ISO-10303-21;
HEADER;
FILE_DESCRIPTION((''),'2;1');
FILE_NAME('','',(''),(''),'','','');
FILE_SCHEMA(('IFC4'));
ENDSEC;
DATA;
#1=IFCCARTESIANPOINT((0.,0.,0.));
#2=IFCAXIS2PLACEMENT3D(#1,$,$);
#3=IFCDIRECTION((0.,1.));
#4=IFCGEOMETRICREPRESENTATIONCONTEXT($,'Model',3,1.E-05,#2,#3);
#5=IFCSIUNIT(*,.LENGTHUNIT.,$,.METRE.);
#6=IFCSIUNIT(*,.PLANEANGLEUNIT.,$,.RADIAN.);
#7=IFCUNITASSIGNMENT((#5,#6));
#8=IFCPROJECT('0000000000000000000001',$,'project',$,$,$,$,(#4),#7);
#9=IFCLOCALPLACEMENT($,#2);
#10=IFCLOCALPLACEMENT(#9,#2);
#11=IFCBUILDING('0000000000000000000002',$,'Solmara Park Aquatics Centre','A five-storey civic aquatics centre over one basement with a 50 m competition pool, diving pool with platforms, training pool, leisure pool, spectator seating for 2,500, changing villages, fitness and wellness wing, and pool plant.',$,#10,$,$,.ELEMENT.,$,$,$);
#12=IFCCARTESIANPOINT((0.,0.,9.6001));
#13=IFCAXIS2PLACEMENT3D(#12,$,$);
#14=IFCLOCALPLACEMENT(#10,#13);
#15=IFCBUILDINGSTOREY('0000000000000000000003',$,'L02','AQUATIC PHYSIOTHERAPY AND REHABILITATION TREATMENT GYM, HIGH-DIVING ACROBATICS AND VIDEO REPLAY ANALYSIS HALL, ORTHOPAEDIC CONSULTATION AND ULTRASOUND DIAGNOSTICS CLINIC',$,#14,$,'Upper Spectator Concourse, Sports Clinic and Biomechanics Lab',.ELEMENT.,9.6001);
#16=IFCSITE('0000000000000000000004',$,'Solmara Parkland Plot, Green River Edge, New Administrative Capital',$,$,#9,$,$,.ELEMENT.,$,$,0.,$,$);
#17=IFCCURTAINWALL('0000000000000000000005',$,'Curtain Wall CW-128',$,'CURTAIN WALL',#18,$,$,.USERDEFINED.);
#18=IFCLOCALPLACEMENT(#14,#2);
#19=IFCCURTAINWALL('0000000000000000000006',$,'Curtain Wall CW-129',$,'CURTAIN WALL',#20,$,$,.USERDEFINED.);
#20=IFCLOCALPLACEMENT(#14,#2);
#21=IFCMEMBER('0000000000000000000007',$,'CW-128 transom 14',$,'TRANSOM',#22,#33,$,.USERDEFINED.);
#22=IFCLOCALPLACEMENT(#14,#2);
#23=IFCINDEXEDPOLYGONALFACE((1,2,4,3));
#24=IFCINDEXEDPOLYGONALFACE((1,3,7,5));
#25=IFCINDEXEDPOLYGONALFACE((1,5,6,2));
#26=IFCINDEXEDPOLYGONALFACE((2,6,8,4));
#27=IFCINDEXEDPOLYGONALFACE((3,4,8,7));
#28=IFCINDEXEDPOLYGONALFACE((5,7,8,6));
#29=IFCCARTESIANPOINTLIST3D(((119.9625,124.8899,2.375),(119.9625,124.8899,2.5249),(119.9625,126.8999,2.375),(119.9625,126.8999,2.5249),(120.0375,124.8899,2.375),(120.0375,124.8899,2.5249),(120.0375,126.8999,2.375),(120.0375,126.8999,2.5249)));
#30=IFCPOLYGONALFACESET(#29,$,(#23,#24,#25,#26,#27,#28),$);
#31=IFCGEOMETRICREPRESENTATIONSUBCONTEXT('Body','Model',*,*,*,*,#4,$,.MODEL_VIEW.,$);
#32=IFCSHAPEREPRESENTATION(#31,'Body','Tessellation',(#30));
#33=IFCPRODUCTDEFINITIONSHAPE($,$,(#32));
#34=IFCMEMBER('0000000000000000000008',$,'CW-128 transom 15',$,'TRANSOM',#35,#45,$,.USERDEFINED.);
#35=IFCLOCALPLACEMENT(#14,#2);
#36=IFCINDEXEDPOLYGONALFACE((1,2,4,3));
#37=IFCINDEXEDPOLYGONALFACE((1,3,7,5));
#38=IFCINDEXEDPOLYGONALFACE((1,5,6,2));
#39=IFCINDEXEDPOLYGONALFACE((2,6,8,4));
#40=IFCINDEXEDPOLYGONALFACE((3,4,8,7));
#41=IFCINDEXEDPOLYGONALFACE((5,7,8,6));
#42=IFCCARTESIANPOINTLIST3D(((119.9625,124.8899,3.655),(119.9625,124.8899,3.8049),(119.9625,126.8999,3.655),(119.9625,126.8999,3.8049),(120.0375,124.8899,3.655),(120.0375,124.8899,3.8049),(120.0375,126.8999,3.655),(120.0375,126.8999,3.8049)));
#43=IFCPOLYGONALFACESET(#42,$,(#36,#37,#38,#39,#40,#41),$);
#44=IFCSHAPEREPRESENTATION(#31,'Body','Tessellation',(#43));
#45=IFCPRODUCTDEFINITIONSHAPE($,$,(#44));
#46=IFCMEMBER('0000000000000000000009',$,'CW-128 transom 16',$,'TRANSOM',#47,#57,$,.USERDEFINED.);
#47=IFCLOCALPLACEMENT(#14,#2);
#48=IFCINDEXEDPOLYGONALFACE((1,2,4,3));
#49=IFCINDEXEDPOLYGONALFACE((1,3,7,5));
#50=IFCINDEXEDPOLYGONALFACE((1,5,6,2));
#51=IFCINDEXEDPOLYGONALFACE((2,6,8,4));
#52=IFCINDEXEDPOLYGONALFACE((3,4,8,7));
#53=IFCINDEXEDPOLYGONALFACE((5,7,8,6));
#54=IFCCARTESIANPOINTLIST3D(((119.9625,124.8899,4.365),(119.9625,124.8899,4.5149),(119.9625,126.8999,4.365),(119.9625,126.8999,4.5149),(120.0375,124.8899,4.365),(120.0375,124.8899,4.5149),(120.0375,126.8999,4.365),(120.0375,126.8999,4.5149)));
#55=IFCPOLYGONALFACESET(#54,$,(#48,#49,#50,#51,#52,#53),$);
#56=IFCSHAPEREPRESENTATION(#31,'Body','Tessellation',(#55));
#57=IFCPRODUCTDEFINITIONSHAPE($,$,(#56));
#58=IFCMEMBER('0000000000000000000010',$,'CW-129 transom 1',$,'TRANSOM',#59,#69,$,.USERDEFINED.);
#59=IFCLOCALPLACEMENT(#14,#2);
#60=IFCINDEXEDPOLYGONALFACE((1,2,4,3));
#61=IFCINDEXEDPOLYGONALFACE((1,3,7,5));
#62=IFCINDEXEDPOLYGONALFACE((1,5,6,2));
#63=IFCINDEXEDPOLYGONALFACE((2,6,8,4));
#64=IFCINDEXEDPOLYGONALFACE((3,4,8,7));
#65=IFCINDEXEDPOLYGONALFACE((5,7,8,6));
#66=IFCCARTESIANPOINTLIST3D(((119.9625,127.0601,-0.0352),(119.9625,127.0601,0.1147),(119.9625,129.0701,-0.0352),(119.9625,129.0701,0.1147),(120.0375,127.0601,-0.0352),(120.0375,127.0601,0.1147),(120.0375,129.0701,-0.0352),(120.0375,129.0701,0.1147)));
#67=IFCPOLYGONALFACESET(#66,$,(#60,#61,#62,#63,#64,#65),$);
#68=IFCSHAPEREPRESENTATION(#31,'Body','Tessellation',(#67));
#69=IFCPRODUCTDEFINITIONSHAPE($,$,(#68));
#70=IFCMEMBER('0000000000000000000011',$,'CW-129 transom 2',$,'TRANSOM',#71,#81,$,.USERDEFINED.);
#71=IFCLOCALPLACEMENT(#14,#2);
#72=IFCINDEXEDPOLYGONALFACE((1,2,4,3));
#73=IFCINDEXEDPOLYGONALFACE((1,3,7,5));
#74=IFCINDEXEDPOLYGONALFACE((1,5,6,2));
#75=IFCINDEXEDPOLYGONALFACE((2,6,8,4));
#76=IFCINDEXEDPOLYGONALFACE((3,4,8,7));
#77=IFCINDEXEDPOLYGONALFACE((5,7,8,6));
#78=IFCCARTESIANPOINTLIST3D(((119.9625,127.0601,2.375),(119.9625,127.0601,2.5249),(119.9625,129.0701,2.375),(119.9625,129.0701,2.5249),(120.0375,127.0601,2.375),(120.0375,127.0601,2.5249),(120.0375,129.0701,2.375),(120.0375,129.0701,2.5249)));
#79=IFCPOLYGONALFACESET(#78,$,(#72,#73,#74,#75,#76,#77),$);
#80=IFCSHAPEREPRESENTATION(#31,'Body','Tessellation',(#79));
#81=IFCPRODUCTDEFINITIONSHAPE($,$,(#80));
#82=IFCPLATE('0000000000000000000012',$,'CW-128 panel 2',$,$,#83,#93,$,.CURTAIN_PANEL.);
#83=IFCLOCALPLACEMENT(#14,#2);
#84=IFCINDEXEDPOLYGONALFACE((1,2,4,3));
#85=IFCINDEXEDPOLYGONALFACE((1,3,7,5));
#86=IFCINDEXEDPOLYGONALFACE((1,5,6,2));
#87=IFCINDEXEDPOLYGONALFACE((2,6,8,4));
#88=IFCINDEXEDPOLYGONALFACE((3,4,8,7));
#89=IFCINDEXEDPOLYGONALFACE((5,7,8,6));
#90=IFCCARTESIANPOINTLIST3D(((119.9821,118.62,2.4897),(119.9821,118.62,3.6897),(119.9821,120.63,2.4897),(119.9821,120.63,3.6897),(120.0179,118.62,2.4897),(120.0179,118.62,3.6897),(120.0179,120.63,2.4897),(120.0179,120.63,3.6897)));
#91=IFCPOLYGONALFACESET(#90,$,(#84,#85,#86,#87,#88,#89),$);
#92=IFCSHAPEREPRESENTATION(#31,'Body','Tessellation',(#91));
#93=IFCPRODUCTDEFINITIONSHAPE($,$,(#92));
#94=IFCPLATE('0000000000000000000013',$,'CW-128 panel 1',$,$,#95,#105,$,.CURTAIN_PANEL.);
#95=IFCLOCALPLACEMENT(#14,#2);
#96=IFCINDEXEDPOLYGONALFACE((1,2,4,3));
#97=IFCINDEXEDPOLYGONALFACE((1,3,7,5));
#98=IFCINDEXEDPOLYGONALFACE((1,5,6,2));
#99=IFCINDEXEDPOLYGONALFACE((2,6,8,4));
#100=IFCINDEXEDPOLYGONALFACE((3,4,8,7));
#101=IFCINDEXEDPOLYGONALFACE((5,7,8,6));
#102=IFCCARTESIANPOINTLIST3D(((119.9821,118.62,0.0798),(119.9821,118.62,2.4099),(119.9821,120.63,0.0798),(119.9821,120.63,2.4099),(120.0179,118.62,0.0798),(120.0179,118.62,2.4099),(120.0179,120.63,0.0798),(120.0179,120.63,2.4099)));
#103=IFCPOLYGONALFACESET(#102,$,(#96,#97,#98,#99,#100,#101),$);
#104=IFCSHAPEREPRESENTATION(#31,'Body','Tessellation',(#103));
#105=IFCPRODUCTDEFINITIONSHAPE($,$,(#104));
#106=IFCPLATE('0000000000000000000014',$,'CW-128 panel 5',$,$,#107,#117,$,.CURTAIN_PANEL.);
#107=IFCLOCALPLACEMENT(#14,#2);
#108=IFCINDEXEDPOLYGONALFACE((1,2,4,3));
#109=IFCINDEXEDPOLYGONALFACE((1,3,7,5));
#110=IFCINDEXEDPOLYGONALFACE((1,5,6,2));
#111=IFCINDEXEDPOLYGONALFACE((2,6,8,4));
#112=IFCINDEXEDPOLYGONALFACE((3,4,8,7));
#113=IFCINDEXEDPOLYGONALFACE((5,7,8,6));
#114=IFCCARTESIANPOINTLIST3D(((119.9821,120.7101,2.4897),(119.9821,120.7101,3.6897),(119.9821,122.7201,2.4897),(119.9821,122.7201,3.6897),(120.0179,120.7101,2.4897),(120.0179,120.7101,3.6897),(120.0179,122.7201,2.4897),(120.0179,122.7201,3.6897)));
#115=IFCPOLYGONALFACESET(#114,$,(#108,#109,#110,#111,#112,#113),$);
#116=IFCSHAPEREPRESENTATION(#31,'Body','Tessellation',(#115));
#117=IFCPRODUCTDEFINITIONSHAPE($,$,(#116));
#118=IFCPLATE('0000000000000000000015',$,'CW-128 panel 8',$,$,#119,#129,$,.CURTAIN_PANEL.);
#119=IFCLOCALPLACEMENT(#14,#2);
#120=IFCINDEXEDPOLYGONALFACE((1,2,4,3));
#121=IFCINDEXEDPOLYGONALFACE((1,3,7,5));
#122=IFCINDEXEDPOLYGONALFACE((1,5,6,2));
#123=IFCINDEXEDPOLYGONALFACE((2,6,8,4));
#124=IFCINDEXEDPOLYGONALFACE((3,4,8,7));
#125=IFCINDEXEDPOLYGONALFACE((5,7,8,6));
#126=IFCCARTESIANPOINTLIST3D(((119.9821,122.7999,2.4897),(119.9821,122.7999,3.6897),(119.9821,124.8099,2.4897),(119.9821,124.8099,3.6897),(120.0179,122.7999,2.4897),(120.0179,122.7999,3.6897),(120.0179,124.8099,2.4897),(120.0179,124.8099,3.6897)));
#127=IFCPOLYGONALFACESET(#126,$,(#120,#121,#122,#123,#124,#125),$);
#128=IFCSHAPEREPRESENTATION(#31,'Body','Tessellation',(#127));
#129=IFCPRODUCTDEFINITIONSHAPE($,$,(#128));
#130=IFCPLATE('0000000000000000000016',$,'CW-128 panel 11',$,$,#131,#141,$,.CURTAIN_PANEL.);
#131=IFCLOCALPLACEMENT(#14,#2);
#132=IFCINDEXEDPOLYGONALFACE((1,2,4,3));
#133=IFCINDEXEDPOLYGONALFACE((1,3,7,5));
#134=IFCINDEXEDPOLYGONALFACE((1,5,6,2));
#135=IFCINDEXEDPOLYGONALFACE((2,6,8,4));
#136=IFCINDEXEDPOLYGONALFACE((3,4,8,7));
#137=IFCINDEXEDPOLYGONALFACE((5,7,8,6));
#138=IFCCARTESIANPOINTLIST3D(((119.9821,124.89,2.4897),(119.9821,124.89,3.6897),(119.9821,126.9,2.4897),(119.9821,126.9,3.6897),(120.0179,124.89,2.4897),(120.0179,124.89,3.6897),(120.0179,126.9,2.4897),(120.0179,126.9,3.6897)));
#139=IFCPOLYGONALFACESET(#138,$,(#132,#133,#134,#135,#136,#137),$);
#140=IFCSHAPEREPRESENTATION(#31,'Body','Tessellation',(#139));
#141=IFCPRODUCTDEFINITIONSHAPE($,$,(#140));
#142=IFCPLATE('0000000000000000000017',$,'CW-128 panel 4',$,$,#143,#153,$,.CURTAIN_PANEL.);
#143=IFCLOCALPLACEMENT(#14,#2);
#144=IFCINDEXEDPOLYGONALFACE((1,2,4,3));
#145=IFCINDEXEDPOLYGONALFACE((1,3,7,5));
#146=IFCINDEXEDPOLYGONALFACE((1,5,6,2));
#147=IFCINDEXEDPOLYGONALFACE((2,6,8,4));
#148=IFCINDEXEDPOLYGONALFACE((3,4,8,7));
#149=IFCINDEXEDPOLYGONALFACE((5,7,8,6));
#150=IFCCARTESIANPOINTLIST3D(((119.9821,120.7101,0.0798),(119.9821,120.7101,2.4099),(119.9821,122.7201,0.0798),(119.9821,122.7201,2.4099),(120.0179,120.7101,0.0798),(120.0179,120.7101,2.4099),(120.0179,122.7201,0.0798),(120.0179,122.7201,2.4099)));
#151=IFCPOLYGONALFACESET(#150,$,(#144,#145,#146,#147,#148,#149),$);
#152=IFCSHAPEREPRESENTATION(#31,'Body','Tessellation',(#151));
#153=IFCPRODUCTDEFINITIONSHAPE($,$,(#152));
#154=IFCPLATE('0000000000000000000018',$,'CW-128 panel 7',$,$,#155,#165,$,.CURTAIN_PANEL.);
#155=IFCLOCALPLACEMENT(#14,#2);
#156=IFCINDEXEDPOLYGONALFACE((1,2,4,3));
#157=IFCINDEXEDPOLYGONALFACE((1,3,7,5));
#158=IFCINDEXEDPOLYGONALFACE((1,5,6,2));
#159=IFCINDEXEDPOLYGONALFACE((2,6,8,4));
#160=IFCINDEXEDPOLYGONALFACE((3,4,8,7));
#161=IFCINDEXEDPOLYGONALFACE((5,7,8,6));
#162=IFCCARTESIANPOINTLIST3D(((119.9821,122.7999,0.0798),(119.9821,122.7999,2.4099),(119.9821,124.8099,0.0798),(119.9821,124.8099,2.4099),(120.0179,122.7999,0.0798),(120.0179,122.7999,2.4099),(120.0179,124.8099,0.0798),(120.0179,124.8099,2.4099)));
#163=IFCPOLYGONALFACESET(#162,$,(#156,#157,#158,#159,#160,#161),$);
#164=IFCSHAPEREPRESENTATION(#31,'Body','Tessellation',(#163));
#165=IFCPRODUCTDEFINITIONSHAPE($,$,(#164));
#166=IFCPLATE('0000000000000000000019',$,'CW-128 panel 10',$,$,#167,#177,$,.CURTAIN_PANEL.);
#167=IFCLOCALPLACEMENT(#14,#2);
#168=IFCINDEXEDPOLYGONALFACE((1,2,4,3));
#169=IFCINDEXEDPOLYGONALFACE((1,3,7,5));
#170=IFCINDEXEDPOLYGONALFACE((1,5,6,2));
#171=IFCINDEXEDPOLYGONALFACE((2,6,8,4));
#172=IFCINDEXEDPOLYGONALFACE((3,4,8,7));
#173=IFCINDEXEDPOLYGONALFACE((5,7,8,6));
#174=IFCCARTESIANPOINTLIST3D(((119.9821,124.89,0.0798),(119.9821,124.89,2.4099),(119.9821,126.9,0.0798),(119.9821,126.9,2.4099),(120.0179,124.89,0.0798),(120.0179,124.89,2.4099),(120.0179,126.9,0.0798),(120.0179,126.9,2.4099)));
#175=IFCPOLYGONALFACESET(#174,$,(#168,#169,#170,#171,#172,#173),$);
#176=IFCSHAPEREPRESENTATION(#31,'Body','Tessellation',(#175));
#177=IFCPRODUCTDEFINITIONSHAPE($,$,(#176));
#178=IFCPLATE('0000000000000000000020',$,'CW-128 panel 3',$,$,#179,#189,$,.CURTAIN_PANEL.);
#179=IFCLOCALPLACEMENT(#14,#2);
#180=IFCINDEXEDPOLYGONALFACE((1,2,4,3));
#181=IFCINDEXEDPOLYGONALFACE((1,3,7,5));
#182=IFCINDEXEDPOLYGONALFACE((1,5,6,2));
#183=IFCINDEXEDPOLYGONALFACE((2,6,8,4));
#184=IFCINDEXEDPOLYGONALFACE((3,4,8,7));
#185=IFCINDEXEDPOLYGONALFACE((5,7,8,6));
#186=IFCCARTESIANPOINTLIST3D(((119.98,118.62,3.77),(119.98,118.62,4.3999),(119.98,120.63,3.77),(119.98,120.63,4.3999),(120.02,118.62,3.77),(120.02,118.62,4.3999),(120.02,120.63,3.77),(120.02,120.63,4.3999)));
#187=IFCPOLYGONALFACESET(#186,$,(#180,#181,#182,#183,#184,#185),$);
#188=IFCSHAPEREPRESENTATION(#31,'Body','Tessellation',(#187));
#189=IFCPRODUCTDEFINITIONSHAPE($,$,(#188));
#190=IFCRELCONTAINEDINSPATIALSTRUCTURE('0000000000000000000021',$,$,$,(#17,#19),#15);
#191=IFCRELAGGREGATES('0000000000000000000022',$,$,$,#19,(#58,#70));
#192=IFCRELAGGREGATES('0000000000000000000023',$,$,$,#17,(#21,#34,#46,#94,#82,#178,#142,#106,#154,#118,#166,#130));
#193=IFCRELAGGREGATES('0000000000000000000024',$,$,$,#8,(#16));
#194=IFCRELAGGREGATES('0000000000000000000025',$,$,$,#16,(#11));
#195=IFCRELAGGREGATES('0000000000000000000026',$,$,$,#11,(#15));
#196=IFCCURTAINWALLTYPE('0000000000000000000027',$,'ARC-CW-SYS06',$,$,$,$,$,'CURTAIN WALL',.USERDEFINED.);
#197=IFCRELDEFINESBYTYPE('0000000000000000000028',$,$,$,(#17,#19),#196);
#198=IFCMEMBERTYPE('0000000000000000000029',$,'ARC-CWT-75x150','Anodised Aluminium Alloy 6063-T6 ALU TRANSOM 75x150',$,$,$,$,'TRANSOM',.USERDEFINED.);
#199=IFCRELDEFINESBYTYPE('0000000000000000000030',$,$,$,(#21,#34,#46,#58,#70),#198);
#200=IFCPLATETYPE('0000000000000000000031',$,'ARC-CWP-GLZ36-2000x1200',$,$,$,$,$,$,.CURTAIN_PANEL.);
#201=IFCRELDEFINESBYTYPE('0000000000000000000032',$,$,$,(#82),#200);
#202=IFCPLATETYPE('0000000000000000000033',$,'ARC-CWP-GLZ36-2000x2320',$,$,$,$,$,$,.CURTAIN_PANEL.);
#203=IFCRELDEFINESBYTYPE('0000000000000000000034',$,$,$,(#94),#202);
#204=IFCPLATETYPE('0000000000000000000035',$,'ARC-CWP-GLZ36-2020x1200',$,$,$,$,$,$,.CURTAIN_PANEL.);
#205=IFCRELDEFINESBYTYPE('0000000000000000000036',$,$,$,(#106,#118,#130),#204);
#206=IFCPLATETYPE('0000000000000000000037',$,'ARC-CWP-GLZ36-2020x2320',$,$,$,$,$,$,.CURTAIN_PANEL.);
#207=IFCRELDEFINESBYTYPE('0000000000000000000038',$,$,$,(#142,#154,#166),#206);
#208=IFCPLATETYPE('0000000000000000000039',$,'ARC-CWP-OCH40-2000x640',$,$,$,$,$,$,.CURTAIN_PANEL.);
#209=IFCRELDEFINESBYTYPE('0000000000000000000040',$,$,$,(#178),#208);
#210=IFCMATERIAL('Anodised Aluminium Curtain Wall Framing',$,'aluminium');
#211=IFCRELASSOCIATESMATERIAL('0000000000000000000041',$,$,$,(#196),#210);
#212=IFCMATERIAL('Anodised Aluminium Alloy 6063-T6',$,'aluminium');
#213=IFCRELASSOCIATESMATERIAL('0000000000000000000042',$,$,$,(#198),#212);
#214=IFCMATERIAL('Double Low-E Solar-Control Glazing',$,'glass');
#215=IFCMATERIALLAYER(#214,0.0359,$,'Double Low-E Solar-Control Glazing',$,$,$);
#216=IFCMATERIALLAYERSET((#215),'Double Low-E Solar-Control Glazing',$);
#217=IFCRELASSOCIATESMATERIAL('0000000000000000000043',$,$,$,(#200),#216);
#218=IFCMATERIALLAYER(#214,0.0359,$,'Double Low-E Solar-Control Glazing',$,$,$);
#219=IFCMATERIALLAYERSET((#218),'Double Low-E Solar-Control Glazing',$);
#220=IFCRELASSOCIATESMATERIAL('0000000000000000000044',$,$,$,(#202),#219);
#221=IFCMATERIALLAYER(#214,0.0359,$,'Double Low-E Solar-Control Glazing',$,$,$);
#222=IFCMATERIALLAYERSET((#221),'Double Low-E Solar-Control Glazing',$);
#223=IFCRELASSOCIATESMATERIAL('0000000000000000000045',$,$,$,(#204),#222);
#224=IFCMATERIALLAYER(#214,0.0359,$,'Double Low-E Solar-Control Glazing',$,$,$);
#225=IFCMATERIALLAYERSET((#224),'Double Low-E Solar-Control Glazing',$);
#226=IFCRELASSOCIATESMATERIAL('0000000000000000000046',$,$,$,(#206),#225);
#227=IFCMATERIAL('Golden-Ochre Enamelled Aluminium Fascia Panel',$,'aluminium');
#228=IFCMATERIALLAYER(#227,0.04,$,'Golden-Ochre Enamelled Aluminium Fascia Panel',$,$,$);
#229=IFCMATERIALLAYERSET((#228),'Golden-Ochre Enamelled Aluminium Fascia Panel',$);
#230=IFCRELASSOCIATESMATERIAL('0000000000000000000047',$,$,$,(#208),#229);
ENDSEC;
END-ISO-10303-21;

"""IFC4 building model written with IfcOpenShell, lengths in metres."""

from ifc_helpers import new_model, si_unit, direction, frame, origin, origin_2d, place, context, subcontext, project, spatial, rectangle, extrude, material, layer, layer_set, material_profile, profile_set, type_object, element, aggregate, save


model = new_model("IFC4")

# Units and contexts
model_context = context("Model", 3, precision=1e-05, world=origin(), true_north=direction((0.0, 1.0)))
body_context = subcontext(model_context, "Body", "Model", "MODEL_VIEW")
ifc_project = project(units=[si_unit("LENGTHUNIT", "METRE"), si_unit("PLANEANGLEUNIT", "RADIAN")], contexts=[model_context])

# Site, building, storey
site_placement = place(None, origin())
site = spatial("IfcSite", under=ifc_project, at=site_placement, Name="Solmara Parkland Plot, Green River Edge, New Administrative Capital", CompositionType="ELEMENT", RefElevation=0.0)
building_placement = place(site_placement, origin())
building = spatial("IfcBuilding", under=site, at=building_placement, Name="Solmara Park Aquatics Centre", Description="A five-storey civic aquatics centre over one basement with a 50 m competition pool, diving pool with platforms, training pool, leisure pool, spectator seating for 2,500, changing villages, fitness and wellness wing, and pool plant.", CompositionType="ELEMENT")
storey_placement = place(building_placement, frame((0.0, 0.0, 9.6001)))
storey = spatial("IfcBuildingStorey", under=building, at=storey_placement, Name="L02", Description="AQUATIC PHYSIOTHERAPY AND REHABILITATION TREATMENT GYM, HIGH-DIVING ACROBATICS AND VIDEO REPLAY ANALYSIS HALL, ORTHOPAEDIC CONSULTATION AND ULTRASOUND DIAGNOSTICS CLINIC", LongName="Upper Spectator Concourse, Sports Clinic and Biomechanics Lab", CompositionType="ELEMENT", Elevation=9.6001)

# Curtain wall
ifc_material_1 = material(Name="Anodised Aluminium Curtain Wall Framing", Category="aluminium")
curtain_wall_type = type_object("IfcCurtainWallType", Name="ARC-CW-SYS06", ElementType="CURTAIN WALL", PredefinedType="USERDEFINED", material=ifc_material_1)
curtain_wall_1_placement = place(storey_placement, origin())
curtain_wall_1 = element("IfcCurtainWall", 1, at=curtain_wall_1_placement, inside=storey, type_object=curtain_wall_type, Name="Curtain Wall CW-128", ObjectType="CURTAIN WALL", PredefinedType="USERDEFINED")
ifc_material_2 = material(Name="Anodised Aluminium Alloy 6063-T6", Category="aluminium")

# Curtain wall
curtain_wall_2_placement = place(storey_placement, origin())
curtain_wall_2 = element("IfcCurtainWall", 2, at=curtain_wall_2_placement, inside=storey, type_object=curtain_wall_type, Name="Curtain Wall CW-129", ObjectType="CURTAIN WALL", PredefinedType="USERDEFINED")

# Members
ifc_material_profile_1 = material_profile(ifc_material_2, rectangle(XDim=0.075, YDim=0.1499, at=origin_2d()), Name="ALU TRANSOM 75x150")
ifc_profile_set_1 = profile_set([ifc_material_profile_1], Name="Anodised Aluminium Alloy 6063-T6")
member_type_1 = type_object("IfcMemberType", Name="ARC-CWT-75x150", Description="Anodised Aluminium Alloy 6063-T6 ALU TRANSOM 75x150", ElementType="TRANSOM", PredefinedType="USERDEFINED", material=ifc_profile_set_1)
member_1_placement = place(storey_placement, frame((120.0, 124.8899, 2.45), z_axis=(0.0, 1.0, 0.0), x_axis=(-1.0, 0.0, 0.0)))
member_1 = element("IfcMember", 3, at=member_1_placement, type_object=member_type_1, Name="CW-128 transom 14", ObjectType="TRANSOM", PredefinedType="USERDEFINED", context=body_context, shape_type="SweptSolid", body=[
    extrude(rectangle(XDim=0.075, YDim=0.1499, at=origin_2d()), origin(), (0.0, 0.0, 1.0), 2.01),
])
member_2_placement = place(storey_placement, frame((120.0, 124.8899, 3.73), z_axis=(0.0, 1.0, 0.0), x_axis=(-1.0, 0.0, 0.0)))
member_2 = element("IfcMember", 4, at=member_2_placement, type_object=member_type_1, Name="CW-128 transom 15", ObjectType="TRANSOM", PredefinedType="USERDEFINED", context=body_context, shape_type="SweptSolid", body=[
    extrude(rectangle(XDim=0.075, YDim=0.1499, at=origin_2d()), origin(), (0.0, 0.0, 1.0), 2.01),
])
member_3_placement = place(storey_placement, frame((120.0, 124.8899, 4.4399), z_axis=(0.0, 1.0, 0.0), x_axis=(-1.0, 0.0, 0.0)))
member_3 = element("IfcMember", 5, at=member_3_placement, type_object=member_type_1, Name="CW-128 transom 16", ObjectType="TRANSOM", PredefinedType="USERDEFINED", context=body_context, shape_type="SweptSolid", body=[
    extrude(rectangle(XDim=0.075, YDim=0.1499, at=origin_2d()), origin(), (0.0, 0.0, 1.0), 2.01),
])
member_4_placement = place(storey_placement, frame((120.0, 127.0601, 0.0398), z_axis=(0.0, 1.0, 0.0), x_axis=(-1.0, 0.0, 0.0)))
member_4 = element("IfcMember", 6, at=member_4_placement, type_object=member_type_1, Name="CW-129 transom 1", ObjectType="TRANSOM", PredefinedType="USERDEFINED", context=body_context, shape_type="SweptSolid", body=[
    extrude(rectangle(XDim=0.075, YDim=0.1499, at=origin_2d()), origin(), (0.0, 0.0, 1.0), 2.01),
])
member_5_placement = place(storey_placement, frame((120.0, 127.0601, 2.45), z_axis=(0.0, 1.0, 0.0), x_axis=(-1.0, 0.0, 0.0)))
member_5 = element("IfcMember", 7, at=member_5_placement, type_object=member_type_1, Name="CW-129 transom 2", ObjectType="TRANSOM", PredefinedType="USERDEFINED", context=body_context, shape_type="SweptSolid", body=[
    extrude(rectangle(XDim=0.075, YDim=0.1499, at=origin_2d()), origin(), (0.0, 0.0, 1.0), 2.01),
])
aggregate(curtain_wall_2, [member_4, member_5])

# Plates
ifc_material_3 = material(Name="Double Low-E Solar-Control Glazing", Category="glass")
ifc_layer_1 = layer(ifc_material_3, 0.0359, Name="Double Low-E Solar-Control Glazing")
ifc_layer_set_1 = layer_set([ifc_layer_1], Name="Double Low-E Solar-Control Glazing")
plate_type_1 = type_object("IfcPlateType", Name="ARC-CWP-GLZ36-2000x1200", PredefinedType="CURTAIN_PANEL", material=ifc_layer_set_1)
plate_1_placement = place(storey_placement, frame((120.0, 119.625, 2.4897), z_axis=(0.0, 0.0, 1.0), x_axis=(0.0, 1.0, 0.0)))
plate_1 = element("IfcPlate", 8, at=plate_1_placement, type_object=plate_type_1, Name="CW-128 panel 2", PredefinedType="CURTAIN_PANEL", context=body_context, shape_type="SweptSolid", body=[
    extrude(rectangle(XDim=2.01, YDim=0.0359, at=origin_2d()), origin(), (0.0, 0.0, 1.0), 1.2),
])
ifc_layer_2 = layer(ifc_material_3, 0.0359, Name="Double Low-E Solar-Control Glazing")
ifc_layer_set_2 = layer_set([ifc_layer_2], Name="Double Low-E Solar-Control Glazing")
plate_type_2 = type_object("IfcPlateType", Name="ARC-CWP-GLZ36-2000x2320", PredefinedType="CURTAIN_PANEL", material=ifc_layer_set_2)
plate_2_placement = place(storey_placement, frame((120.0, 119.625, 0.0798), z_axis=(0.0, 0.0, 1.0), x_axis=(0.0, 1.0, 0.0)))
plate_2 = element("IfcPlate", 9, at=plate_2_placement, type_object=plate_type_2, Name="CW-128 panel 1", PredefinedType="CURTAIN_PANEL", context=body_context, shape_type="SweptSolid", body=[
    extrude(rectangle(XDim=2.01, YDim=0.0359, at=origin_2d()), origin(), (0.0, 0.0, 1.0), 2.3301),
])
ifc_layer_3 = layer(ifc_material_3, 0.0359, Name="Double Low-E Solar-Control Glazing")
ifc_layer_set_3 = layer_set([ifc_layer_3], Name="Double Low-E Solar-Control Glazing")
plate_type_3 = type_object("IfcPlateType", Name="ARC-CWP-GLZ36-2020x1200", PredefinedType="CURTAIN_PANEL", material=ifc_layer_set_3)
plate_3_placement = place(storey_placement, frame((120.0, 121.7151, 2.4897), z_axis=(0.0, 0.0, 1.0), x_axis=(0.0, 1.0, 0.0)))
plate_3 = element("IfcPlate", 10, at=plate_3_placement, type_object=plate_type_3, Name="CW-128 panel 5", PredefinedType="CURTAIN_PANEL", context=body_context, shape_type="SweptSolid", body=[
    extrude(rectangle(XDim=2.01, YDim=0.0359, at=origin_2d()), origin(), (0.0, 0.0, 1.0), 1.2),
])
plate_4_placement = place(storey_placement, frame((120.0, 123.8049, 2.4897), z_axis=(0.0, 0.0, 1.0), x_axis=(0.0, 1.0, 0.0)))
plate_4 = element("IfcPlate", 11, at=plate_4_placement, type_object=plate_type_3, Name="CW-128 panel 8", PredefinedType="CURTAIN_PANEL", context=body_context, shape_type="SweptSolid", body=[
    extrude(rectangle(XDim=2.01, YDim=0.0359, at=origin_2d()), origin(), (0.0, 0.0, 1.0), 1.2),
])
plate_5_placement = place(storey_placement, frame((120.0, 125.895, 2.4897), z_axis=(0.0, 0.0, 1.0), x_axis=(0.0, 1.0, 0.0)))
plate_5 = element("IfcPlate", 12, at=plate_5_placement, type_object=plate_type_3, Name="CW-128 panel 11", PredefinedType="CURTAIN_PANEL", context=body_context, shape_type="SweptSolid", body=[
    extrude(rectangle(XDim=2.01, YDim=0.0359, at=origin_2d()), origin(), (0.0, 0.0, 1.0), 1.2),
])
ifc_layer_4 = layer(ifc_material_3, 0.0359, Name="Double Low-E Solar-Control Glazing")
ifc_layer_set_4 = layer_set([ifc_layer_4], Name="Double Low-E Solar-Control Glazing")
plate_type_4 = type_object("IfcPlateType", Name="ARC-CWP-GLZ36-2020x2320", PredefinedType="CURTAIN_PANEL", material=ifc_layer_set_4)
plate_6_placement = place(storey_placement, frame((120.0, 121.7151, 0.0798), z_axis=(0.0, 0.0, 1.0), x_axis=(0.0, 1.0, 0.0)))
plate_6 = element("IfcPlate", 13, at=plate_6_placement, type_object=plate_type_4, Name="CW-128 panel 4", PredefinedType="CURTAIN_PANEL", context=body_context, shape_type="SweptSolid", body=[
    extrude(rectangle(XDim=2.01, YDim=0.0359, at=origin_2d()), origin(), (0.0, 0.0, 1.0), 2.3301),
])
plate_7_placement = place(storey_placement, frame((120.0, 123.8049, 0.0798), z_axis=(0.0, 0.0, 1.0), x_axis=(0.0, 1.0, 0.0)))
plate_7 = element("IfcPlate", 14, at=plate_7_placement, type_object=plate_type_4, Name="CW-128 panel 7", PredefinedType="CURTAIN_PANEL", context=body_context, shape_type="SweptSolid", body=[
    extrude(rectangle(XDim=2.01, YDim=0.0359, at=origin_2d()), origin(), (0.0, 0.0, 1.0), 2.3301),
])
plate_8_placement = place(storey_placement, frame((120.0, 125.895, 0.0798), z_axis=(0.0, 0.0, 1.0), x_axis=(0.0, 1.0, 0.0)))
plate_8 = element("IfcPlate", 15, at=plate_8_placement, type_object=plate_type_4, Name="CW-128 panel 10", PredefinedType="CURTAIN_PANEL", context=body_context, shape_type="SweptSolid", body=[
    extrude(rectangle(XDim=2.01, YDim=0.0359, at=origin_2d()), origin(), (0.0, 0.0, 1.0), 2.3301),
])
ifc_material_4 = material(Name="Golden-Ochre Enamelled Aluminium Fascia Panel", Category="aluminium")
ifc_layer_5 = layer(ifc_material_4, 0.04, Name="Golden-Ochre Enamelled Aluminium Fascia Panel")
ifc_layer_set_5 = layer_set([ifc_layer_5], Name="Golden-Ochre Enamelled Aluminium Fascia Panel")
plate_type_5 = type_object("IfcPlateType", Name="ARC-CWP-OCH40-2000x640", PredefinedType="CURTAIN_PANEL", material=ifc_layer_set_5)
plate_9_placement = place(storey_placement, frame((120.0, 119.625, 3.77), z_axis=(0.0, 0.0, 1.0), x_axis=(0.0, 1.0, 0.0)))
plate_9 = element("IfcPlate", 16, at=plate_9_placement, type_object=plate_type_5, Name="CW-128 panel 3", PredefinedType="CURTAIN_PANEL", context=body_context, shape_type="SweptSolid", body=[
    extrude(rectangle(XDim=2.01, YDim=0.04, at=origin_2d()), origin(), (0.0, 0.0, 1.0), 0.6299),
])
aggregate(curtain_wall_1, [member_1, member_2, member_3, plate_2, plate_1, plate_9, plate_6, plate_3, plate_7, plate_4, plate_8, plate_5])

save(model, "model.ifc")
